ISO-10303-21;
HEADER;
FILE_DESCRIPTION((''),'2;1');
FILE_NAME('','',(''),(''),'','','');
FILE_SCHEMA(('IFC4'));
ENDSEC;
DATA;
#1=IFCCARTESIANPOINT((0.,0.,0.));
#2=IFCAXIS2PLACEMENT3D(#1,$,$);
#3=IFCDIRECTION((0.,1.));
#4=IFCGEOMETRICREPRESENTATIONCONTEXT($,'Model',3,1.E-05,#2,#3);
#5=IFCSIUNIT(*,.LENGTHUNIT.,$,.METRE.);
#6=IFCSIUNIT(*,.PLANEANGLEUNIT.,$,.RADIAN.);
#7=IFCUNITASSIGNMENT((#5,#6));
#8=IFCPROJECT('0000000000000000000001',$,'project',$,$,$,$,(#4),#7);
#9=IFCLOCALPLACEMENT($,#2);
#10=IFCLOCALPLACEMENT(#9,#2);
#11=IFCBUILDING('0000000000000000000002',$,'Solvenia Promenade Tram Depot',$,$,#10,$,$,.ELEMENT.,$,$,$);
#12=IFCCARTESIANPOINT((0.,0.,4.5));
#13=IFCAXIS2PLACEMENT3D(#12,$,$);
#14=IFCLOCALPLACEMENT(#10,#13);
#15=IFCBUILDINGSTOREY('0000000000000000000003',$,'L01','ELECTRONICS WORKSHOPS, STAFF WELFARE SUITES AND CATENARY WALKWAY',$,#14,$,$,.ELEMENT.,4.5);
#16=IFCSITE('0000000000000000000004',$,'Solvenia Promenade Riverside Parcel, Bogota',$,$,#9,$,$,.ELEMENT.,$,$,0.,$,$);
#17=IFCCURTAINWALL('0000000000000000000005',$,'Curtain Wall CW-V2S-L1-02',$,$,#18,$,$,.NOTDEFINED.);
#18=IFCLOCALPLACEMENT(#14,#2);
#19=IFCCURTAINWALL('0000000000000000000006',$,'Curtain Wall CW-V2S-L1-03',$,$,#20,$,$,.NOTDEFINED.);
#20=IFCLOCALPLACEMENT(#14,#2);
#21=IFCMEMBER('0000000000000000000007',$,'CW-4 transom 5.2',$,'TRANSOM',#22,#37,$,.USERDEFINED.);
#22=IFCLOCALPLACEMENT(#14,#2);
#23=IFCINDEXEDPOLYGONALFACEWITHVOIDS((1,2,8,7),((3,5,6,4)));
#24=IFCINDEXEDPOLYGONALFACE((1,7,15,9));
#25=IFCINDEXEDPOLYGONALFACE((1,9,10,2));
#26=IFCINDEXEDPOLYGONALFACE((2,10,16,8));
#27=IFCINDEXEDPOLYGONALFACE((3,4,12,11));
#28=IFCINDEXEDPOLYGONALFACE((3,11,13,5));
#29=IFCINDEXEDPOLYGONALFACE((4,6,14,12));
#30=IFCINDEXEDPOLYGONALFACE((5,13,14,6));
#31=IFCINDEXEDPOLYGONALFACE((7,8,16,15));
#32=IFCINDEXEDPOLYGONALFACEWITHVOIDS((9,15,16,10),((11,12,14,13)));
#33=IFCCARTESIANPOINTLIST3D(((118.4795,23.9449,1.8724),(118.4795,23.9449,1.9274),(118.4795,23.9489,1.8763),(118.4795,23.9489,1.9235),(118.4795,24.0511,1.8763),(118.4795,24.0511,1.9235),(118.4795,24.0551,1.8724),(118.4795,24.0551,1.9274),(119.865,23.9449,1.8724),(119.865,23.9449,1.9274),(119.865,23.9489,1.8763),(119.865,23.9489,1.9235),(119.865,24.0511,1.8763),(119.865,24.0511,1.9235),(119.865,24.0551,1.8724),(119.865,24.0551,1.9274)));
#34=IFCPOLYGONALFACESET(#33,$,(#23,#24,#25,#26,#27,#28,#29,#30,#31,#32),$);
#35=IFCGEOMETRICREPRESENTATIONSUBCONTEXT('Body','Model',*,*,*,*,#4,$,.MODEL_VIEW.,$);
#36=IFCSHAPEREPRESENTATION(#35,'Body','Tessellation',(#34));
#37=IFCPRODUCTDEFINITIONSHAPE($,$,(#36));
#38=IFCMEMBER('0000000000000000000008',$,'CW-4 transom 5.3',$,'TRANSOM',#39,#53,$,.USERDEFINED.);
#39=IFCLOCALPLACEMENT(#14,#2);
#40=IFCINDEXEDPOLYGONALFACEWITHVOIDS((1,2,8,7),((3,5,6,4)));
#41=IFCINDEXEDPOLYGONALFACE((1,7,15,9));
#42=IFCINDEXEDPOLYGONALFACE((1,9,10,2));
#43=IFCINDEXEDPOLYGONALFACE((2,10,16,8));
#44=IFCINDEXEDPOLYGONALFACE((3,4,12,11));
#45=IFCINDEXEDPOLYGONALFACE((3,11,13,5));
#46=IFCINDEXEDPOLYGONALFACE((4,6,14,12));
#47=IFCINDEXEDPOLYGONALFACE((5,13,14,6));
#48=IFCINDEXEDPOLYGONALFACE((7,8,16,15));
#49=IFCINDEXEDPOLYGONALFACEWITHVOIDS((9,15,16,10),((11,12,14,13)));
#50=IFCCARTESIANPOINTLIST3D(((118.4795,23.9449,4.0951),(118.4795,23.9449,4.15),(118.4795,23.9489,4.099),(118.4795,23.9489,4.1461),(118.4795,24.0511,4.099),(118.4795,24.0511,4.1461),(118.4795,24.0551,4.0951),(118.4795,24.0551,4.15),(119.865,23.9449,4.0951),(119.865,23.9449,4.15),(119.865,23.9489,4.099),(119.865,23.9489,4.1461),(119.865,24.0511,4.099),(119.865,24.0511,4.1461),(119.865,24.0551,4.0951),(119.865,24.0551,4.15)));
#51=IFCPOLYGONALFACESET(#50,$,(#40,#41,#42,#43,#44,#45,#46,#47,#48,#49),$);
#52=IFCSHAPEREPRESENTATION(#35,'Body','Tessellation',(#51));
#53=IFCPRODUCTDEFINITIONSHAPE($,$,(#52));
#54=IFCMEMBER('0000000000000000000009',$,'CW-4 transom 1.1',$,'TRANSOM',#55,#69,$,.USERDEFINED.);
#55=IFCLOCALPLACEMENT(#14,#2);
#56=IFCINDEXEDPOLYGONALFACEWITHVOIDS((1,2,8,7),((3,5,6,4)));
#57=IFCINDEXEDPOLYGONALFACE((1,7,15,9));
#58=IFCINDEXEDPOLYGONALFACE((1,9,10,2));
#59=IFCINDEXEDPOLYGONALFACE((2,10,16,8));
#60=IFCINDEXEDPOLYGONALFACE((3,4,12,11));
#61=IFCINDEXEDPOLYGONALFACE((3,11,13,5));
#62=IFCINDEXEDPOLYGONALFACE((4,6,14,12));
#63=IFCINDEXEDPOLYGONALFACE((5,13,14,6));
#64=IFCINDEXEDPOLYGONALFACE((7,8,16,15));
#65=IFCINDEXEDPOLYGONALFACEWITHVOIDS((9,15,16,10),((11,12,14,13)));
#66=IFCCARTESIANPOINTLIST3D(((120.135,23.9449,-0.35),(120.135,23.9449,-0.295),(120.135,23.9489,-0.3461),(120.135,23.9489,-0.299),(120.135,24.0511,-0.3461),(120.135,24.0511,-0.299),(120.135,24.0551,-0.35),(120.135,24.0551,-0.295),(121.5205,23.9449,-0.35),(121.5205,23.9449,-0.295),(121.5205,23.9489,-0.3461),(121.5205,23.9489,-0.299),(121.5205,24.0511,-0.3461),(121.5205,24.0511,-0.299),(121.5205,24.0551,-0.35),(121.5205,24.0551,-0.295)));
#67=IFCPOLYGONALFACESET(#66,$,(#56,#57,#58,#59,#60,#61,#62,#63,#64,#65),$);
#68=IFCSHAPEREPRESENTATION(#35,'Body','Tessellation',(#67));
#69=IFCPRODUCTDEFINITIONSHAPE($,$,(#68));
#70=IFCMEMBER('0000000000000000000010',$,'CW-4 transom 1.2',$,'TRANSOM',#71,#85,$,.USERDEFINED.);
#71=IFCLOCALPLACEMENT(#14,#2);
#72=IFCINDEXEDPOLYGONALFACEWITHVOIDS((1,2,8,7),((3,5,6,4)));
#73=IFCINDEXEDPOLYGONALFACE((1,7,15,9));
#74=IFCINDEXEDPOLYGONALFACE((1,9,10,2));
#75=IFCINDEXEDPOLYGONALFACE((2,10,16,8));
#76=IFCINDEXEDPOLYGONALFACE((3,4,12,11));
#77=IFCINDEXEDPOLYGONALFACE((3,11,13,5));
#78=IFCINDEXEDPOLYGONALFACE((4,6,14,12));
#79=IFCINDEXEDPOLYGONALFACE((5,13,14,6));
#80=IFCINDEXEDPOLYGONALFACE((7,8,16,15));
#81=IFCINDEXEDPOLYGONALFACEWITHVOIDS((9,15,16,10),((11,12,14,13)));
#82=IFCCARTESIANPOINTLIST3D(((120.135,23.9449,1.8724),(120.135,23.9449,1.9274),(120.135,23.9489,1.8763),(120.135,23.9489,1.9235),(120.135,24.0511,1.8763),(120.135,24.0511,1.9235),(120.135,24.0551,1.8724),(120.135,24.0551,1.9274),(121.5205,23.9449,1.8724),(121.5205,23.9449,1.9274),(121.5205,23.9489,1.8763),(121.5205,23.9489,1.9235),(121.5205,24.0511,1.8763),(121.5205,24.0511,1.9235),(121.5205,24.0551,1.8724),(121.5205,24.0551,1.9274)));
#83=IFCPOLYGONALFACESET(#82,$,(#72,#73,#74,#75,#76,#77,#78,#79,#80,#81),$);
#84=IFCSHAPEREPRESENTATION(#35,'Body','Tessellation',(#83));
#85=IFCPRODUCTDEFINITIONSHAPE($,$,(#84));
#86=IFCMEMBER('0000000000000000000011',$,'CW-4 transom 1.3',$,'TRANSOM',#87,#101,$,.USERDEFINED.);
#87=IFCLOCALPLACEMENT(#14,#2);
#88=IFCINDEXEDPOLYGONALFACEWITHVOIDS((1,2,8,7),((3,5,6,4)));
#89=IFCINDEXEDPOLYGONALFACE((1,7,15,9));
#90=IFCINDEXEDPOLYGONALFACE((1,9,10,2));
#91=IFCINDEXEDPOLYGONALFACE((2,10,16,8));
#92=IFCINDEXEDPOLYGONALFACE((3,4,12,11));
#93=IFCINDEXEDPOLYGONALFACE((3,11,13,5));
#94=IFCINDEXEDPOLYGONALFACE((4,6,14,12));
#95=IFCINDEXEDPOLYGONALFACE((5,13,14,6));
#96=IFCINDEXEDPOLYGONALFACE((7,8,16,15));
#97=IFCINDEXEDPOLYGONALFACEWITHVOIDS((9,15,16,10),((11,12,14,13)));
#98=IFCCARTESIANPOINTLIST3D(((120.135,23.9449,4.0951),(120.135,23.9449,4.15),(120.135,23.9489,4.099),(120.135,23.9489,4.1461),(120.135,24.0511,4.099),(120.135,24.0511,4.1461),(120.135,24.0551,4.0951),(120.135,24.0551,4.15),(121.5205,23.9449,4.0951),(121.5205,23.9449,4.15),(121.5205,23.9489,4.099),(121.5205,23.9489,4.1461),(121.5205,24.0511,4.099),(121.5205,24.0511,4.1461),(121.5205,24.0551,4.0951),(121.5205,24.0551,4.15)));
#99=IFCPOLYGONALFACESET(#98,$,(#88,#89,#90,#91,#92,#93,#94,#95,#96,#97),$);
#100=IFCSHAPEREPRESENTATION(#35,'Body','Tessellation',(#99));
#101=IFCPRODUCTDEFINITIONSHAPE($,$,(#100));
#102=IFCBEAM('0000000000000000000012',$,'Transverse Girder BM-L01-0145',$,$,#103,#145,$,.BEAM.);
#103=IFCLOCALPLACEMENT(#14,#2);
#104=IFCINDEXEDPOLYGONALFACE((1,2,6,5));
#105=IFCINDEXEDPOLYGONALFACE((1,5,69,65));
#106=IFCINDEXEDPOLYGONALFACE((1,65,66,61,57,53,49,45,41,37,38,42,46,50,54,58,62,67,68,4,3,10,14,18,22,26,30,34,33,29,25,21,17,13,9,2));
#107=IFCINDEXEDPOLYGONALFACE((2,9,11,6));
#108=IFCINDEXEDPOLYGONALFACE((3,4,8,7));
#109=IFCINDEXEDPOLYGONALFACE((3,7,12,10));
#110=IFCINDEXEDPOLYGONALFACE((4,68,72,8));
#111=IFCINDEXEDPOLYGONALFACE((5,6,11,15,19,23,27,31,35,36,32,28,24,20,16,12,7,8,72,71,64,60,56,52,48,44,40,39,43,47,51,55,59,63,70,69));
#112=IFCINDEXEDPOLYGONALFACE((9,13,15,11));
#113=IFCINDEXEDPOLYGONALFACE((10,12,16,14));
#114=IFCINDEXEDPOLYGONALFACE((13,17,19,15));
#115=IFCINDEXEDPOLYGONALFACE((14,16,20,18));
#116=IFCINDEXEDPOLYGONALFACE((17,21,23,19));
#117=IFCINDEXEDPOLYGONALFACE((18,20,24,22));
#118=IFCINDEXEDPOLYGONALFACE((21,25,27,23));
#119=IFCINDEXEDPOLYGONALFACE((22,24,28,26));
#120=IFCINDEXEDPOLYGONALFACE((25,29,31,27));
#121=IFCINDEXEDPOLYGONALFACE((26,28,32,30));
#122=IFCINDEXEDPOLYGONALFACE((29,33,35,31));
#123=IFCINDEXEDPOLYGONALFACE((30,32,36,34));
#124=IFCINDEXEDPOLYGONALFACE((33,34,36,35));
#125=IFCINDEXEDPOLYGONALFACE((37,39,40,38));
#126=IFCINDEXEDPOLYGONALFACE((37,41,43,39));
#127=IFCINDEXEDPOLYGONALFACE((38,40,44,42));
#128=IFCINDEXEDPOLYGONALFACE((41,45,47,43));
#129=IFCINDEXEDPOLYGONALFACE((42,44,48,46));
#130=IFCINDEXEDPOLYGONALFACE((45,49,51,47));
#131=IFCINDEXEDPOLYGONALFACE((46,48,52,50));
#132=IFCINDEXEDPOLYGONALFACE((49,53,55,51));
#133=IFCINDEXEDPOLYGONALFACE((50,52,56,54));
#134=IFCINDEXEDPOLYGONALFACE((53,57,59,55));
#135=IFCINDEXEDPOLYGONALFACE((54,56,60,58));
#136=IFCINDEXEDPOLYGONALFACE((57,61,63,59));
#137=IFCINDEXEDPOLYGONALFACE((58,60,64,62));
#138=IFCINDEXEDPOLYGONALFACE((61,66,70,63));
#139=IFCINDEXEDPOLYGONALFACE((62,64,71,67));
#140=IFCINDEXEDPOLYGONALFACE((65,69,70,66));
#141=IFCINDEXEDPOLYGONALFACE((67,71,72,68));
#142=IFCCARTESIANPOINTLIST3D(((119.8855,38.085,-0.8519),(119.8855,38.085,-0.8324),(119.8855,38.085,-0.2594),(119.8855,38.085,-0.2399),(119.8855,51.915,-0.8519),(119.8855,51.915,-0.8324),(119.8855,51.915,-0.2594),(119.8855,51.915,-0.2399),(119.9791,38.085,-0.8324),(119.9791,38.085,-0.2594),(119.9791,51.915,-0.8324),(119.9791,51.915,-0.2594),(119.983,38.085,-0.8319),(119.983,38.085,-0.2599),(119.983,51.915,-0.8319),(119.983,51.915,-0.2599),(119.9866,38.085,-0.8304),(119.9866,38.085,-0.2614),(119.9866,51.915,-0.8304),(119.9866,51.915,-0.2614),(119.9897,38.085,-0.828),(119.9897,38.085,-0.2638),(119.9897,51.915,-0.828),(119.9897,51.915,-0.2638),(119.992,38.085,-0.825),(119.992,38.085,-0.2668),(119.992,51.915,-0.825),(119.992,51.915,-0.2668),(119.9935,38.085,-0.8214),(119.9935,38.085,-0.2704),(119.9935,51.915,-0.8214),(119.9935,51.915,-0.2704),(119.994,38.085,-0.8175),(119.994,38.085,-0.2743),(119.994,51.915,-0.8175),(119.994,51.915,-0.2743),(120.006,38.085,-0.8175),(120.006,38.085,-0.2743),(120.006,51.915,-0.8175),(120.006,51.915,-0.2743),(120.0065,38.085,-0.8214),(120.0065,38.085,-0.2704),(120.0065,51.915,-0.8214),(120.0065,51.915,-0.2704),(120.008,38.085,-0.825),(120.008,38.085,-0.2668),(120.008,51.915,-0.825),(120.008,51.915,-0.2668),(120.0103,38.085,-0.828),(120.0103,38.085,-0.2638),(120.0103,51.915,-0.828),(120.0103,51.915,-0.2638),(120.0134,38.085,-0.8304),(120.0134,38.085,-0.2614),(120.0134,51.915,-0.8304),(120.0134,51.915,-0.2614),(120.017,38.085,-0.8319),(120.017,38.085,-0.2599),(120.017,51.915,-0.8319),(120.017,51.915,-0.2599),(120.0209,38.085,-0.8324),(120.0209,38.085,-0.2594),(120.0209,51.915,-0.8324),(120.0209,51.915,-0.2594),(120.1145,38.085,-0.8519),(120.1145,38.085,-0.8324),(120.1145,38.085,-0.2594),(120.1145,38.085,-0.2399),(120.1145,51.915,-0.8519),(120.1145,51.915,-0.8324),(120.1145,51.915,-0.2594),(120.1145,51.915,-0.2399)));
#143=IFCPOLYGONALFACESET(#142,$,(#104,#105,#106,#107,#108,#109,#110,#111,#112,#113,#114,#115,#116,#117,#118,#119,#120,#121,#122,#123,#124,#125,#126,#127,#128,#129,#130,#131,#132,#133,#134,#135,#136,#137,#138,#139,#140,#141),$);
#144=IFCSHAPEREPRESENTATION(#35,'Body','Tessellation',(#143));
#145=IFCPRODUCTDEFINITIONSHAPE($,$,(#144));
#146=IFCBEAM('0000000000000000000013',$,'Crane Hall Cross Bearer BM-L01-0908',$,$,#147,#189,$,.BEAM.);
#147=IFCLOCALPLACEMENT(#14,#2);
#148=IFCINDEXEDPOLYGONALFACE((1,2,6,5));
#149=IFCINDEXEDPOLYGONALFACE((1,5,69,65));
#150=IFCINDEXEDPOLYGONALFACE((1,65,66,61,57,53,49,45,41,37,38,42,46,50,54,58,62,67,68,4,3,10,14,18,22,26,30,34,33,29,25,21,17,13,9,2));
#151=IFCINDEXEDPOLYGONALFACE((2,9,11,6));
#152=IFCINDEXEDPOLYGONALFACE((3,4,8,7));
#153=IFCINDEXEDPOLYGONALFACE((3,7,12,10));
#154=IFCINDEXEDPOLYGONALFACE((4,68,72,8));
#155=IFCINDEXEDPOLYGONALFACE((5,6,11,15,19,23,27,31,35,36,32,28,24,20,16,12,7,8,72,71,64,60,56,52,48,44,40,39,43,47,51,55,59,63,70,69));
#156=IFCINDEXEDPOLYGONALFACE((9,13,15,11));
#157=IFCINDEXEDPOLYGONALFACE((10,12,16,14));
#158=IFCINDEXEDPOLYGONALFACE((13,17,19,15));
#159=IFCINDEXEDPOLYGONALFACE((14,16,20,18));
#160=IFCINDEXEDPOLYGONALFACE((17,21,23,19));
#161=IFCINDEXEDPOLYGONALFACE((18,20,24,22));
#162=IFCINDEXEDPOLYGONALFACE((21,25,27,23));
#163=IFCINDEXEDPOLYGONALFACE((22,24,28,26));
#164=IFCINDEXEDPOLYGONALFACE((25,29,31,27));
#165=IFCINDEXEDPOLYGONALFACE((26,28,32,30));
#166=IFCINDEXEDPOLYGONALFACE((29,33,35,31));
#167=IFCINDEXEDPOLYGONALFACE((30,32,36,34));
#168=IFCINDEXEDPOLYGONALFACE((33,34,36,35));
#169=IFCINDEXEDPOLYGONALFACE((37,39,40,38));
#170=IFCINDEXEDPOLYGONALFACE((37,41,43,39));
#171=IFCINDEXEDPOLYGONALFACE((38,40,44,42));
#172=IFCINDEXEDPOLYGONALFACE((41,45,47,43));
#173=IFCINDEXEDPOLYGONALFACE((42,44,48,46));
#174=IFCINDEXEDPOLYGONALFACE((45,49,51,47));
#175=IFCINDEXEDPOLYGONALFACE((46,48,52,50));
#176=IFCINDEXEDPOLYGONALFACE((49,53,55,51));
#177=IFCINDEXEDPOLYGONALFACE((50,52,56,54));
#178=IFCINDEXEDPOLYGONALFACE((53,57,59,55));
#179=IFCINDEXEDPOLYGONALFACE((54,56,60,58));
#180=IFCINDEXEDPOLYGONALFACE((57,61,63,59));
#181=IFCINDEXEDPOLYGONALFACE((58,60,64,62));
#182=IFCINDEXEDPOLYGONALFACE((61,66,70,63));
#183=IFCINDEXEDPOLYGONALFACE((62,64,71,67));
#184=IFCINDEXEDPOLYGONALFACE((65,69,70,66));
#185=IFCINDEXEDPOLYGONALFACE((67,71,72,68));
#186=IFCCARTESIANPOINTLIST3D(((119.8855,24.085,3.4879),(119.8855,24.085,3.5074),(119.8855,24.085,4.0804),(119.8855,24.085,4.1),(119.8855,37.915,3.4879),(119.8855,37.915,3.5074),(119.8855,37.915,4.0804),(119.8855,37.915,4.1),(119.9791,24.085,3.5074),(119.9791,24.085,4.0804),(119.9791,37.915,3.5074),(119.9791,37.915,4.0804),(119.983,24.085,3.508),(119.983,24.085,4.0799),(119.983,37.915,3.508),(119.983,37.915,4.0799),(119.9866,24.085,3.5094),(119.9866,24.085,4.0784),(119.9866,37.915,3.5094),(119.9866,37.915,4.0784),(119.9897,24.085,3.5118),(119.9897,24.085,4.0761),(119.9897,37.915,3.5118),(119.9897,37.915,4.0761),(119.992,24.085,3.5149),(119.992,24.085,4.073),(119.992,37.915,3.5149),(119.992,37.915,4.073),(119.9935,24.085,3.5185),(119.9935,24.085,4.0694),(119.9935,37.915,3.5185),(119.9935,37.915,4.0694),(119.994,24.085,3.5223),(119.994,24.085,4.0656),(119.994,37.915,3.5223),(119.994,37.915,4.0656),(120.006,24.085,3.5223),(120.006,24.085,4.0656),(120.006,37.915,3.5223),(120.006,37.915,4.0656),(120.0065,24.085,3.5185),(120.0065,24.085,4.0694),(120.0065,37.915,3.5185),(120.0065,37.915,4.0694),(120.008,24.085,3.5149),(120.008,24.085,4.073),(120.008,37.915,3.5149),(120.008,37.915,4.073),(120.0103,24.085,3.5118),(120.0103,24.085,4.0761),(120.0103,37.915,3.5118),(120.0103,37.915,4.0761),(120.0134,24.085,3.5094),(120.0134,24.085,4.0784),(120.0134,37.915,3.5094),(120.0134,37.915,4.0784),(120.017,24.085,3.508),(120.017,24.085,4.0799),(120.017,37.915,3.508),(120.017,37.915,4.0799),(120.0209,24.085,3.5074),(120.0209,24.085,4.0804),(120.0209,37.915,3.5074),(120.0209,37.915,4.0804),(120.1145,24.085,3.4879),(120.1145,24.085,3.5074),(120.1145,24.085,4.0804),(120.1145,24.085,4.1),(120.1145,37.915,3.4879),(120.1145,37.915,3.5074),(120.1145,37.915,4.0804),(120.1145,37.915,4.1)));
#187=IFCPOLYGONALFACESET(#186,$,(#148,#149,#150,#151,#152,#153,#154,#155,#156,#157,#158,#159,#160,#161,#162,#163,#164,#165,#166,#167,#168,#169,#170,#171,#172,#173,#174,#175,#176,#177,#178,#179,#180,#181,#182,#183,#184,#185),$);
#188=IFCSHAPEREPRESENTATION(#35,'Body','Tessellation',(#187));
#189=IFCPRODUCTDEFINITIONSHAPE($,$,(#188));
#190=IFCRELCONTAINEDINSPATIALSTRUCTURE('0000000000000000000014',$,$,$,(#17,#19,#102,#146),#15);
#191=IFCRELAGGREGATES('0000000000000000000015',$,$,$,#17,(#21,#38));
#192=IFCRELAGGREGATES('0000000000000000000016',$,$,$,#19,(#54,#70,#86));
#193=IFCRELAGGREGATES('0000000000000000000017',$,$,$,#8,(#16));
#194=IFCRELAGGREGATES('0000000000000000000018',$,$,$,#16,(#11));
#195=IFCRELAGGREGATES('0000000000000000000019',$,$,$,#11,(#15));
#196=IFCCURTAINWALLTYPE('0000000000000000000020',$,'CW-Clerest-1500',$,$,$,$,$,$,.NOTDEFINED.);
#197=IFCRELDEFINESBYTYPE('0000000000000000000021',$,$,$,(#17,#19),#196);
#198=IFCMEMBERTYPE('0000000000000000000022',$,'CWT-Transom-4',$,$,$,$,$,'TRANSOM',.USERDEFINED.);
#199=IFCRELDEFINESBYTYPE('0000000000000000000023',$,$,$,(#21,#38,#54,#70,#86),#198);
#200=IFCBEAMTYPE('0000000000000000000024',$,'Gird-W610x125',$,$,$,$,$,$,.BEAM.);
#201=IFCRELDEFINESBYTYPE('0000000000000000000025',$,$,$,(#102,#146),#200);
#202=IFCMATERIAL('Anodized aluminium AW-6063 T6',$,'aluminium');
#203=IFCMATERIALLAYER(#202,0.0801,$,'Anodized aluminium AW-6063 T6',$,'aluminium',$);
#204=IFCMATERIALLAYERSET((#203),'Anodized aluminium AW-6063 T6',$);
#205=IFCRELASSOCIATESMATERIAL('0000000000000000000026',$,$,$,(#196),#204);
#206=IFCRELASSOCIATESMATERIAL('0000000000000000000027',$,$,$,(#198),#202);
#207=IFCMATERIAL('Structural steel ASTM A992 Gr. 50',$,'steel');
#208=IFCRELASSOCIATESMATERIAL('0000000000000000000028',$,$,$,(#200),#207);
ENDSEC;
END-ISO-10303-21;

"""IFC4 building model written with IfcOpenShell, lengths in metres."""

from ifc_helpers import new_model, si_unit, direction, frame, origin, origin_2d, place, context, subcontext, project, spatial, hollow_rectangle, i_section, extrude, material, layer, layer_set, material_profile, profile_set, type_object, element, aggregate, save


model = new_model("IFC4")

# Units and contexts
model_context = context("Model", 3, precision=1e-05, world=origin(), true_north=direction((0.0, 1.0)))
body_context = subcontext(model_context, "Body", "Model", "MODEL_VIEW")
ifc_project = project(units=[si_unit("LENGTHUNIT", "METRE"), si_unit("PLANEANGLEUNIT", "RADIAN")], contexts=[model_context])

# Site, building, storey
site_placement = place(None, origin())
site = spatial("IfcSite", under=ifc_project, at=site_placement, Name="Solvenia Promenade Riverside Parcel, Bogota", CompositionType="ELEMENT", RefElevation=0.0)
building_placement = place(site_placement, origin())
building = spatial("IfcBuilding", under=site, at=building_placement, Name="Solvenia Promenade Tram Depot", CompositionType="ELEMENT")
storey_placement = place(building_placement, frame((0.0, 0.0, 4.5)))
storey = spatial("IfcBuildingStorey", under=building, at=storey_placement, Name="L01", Description="ELECTRONICS WORKSHOPS, STAFF WELFARE SUITES AND CATENARY WALKWAY", CompositionType="ELEMENT", Elevation=4.5)

# Shared definitions
ifc_material_1 = material(Name="Structural steel ASTM A992 Gr. 50", Category="steel")

# Curtain walls
ifc_material_2 = material(Name="Anodized aluminium AW-6063 T6", Category="aluminium")
ifc_layer_1 = layer(ifc_material_2, 0.0801, Name="Anodized aluminium AW-6063 T6", Category="aluminium")
ifc_layer_set_1 = layer_set([ifc_layer_1], Name="Anodized aluminium AW-6063 T6")
curtain_wall_type = type_object("IfcCurtainWallType", Name="CW-Clerest-1500", PredefinedType="NOTDEFINED", material=ifc_layer_set_1)
curtain_wall_1_placement = place(storey_placement, origin())
curtain_wall_1 = element("IfcCurtainWall", 1, at=curtain_wall_1_placement, inside=storey, type_object=curtain_wall_type, Name="Curtain Wall CW-V2S-L1-02", PredefinedType="NOTDEFINED")
curtain_wall_2_placement = place(storey_placement, origin())
curtain_wall_2 = element("IfcCurtainWall", 2, at=curtain_wall_2_placement, inside=storey, type_object=curtain_wall_type, Name="Curtain Wall CW-V2S-L1-03", PredefinedType="NOTDEFINED")

# Members
ifc_material_profile_1 = material_profile(ifc_material_2, hollow_rectangle(XDim=0.1101, YDim=0.0549, WallThickness=0.0039, at=origin_2d()), Name="ALU-T4", Category="aluminium")
ifc_profile_set_1 = profile_set([ifc_material_profile_1], Name="Anodized aluminium AW-6063 T6")
member_type_1 = type_object("IfcMemberType", Name="CWT-Transom-4", ElementType="TRANSOM", PredefinedType="USERDEFINED", material=ifc_profile_set_1)
member_1_placement = place(storey_placement, frame((118.4795, 24.0, 1.8999), z_axis=(1.0, 0.0, 0.0), x_axis=(0.0, 1.0, 0.0)))
member_1 = element("IfcMember", 3, at=member_1_placement, type_object=member_type_1, Name="CW-4 transom 5.2", ObjectType="TRANSOM", PredefinedType="USERDEFINED", context=body_context, shape_type="SweptSolid", body=[
    extrude(hollow_rectangle(XDim=0.1101, YDim=0.0549, WallThickness=0.0039, at=origin_2d()), origin(), (0.0, 0.0, 1.0), 1.3855),
])
member_2_placement = place(storey_placement, frame((118.4795, 24.0, 4.1226), z_axis=(1.0, 0.0, 0.0), x_axis=(0.0, 1.0, 0.0)))
member_2 = element("IfcMember", 4, at=member_2_placement, type_object=member_type_1, Name="CW-4 transom 5.3", ObjectType="TRANSOM", PredefinedType="USERDEFINED", context=body_context, shape_type="SweptSolid", body=[
    extrude(hollow_rectangle(XDim=0.1101, YDim=0.0549, WallThickness=0.0039, at=origin_2d()), origin(), (0.0, 0.0, 1.0), 1.3855),
])
member_3_placement = place(storey_placement, frame((120.135, 24.0, -0.3225), z_axis=(1.0, 0.0, 0.0), x_axis=(0.0, 1.0, 0.0)))
member_3 = element("IfcMember", 5, at=member_3_placement, type_object=member_type_1, Name="CW-4 transom 1.1", ObjectType="TRANSOM", PredefinedType="USERDEFINED", context=body_context, shape_type="SweptSolid", body=[
    extrude(hollow_rectangle(XDim=0.1101, YDim=0.0549, WallThickness=0.0039, at=origin_2d()), origin(), (0.0, 0.0, 1.0), 1.3855),
])
member_4_placement = place(storey_placement, frame((120.135, 24.0, 1.8999), z_axis=(1.0, 0.0, 0.0), x_axis=(0.0, 1.0, 0.0)))
member_4 = element("IfcMember", 6, at=member_4_placement, type_object=member_type_1, Name="CW-4 transom 1.2", ObjectType="TRANSOM", PredefinedType="USERDEFINED", context=body_context, shape_type="SweptSolid", body=[
    extrude(hollow_rectangle(XDim=0.1101, YDim=0.0549, WallThickness=0.0039, at=origin_2d()), origin(), (0.0, 0.0, 1.0), 1.3855),
])
member_5_placement = place(storey_placement, frame((120.135, 24.0, 4.1226), z_axis=(1.0, 0.0, 0.0), x_axis=(0.0, 1.0, 0.0)))
member_5 = element("IfcMember", 7, at=member_5_placement, type_object=member_type_1, Name="CW-4 transom 1.3", ObjectType="TRANSOM", PredefinedType="USERDEFINED", context=body_context, shape_type="SweptSolid", body=[
    extrude(hollow_rectangle(XDim=0.1101, YDim=0.0549, WallThickness=0.0039, at=origin_2d()), origin(), (0.0, 0.0, 1.0), 1.3855),
])

# Beams
ifc_material_profile_2 = material_profile(ifc_material_1, i_section(OverallWidth=0.229, OverallDepth=0.6121, WebThickness=0.012, FlangeThickness=0.0195, FilletRadius=0.0149, at=origin_2d()), Name="W610x125", Category="steel")
ifc_profile_set_2 = profile_set([ifc_material_profile_2], Name="Structural steel ASTM A992 Gr. 50")
beam_type_1 = type_object("IfcBeamType", Name="Gird-W610x125", PredefinedType="BEAM", material=ifc_profile_set_2)
for number, where, z_axis, x_axis, name in (
    (8, (120.0, 38.085, -0.5459), (0.0, 1.0, 0.0), (-1.0, 0.0, 0.0), "Transverse Girder BM-L01-0145"),
    (9, (120.0, 24.085, 3.7939), (0.0, 1.0, 0.0), (-1.0, 0.0, 0.0), "Crane Hall Cross Bearer BM-L01-0908"),
):
    element("IfcBeam", number, at=place(storey_placement, frame(where, z_axis=z_axis, x_axis=x_axis)), inside=storey, type_object=beam_type_1, Name=name, PredefinedType="BEAM", context=body_context, shape_type="SweptSolid", body=[
        extrude(i_section(OverallWidth=0.229, OverallDepth=0.6121, WebThickness=0.012, FlangeThickness=0.0195, FilletRadius=0.0149, at=origin_2d()), origin(), (0.0, 0.0, 1.0), 13.8301),
    ])

aggregate(curtain_wall_1, [member_1, member_2])
aggregate(curtain_wall_2, [member_3, member_4, member_5])

save(model, "model.ifc")
